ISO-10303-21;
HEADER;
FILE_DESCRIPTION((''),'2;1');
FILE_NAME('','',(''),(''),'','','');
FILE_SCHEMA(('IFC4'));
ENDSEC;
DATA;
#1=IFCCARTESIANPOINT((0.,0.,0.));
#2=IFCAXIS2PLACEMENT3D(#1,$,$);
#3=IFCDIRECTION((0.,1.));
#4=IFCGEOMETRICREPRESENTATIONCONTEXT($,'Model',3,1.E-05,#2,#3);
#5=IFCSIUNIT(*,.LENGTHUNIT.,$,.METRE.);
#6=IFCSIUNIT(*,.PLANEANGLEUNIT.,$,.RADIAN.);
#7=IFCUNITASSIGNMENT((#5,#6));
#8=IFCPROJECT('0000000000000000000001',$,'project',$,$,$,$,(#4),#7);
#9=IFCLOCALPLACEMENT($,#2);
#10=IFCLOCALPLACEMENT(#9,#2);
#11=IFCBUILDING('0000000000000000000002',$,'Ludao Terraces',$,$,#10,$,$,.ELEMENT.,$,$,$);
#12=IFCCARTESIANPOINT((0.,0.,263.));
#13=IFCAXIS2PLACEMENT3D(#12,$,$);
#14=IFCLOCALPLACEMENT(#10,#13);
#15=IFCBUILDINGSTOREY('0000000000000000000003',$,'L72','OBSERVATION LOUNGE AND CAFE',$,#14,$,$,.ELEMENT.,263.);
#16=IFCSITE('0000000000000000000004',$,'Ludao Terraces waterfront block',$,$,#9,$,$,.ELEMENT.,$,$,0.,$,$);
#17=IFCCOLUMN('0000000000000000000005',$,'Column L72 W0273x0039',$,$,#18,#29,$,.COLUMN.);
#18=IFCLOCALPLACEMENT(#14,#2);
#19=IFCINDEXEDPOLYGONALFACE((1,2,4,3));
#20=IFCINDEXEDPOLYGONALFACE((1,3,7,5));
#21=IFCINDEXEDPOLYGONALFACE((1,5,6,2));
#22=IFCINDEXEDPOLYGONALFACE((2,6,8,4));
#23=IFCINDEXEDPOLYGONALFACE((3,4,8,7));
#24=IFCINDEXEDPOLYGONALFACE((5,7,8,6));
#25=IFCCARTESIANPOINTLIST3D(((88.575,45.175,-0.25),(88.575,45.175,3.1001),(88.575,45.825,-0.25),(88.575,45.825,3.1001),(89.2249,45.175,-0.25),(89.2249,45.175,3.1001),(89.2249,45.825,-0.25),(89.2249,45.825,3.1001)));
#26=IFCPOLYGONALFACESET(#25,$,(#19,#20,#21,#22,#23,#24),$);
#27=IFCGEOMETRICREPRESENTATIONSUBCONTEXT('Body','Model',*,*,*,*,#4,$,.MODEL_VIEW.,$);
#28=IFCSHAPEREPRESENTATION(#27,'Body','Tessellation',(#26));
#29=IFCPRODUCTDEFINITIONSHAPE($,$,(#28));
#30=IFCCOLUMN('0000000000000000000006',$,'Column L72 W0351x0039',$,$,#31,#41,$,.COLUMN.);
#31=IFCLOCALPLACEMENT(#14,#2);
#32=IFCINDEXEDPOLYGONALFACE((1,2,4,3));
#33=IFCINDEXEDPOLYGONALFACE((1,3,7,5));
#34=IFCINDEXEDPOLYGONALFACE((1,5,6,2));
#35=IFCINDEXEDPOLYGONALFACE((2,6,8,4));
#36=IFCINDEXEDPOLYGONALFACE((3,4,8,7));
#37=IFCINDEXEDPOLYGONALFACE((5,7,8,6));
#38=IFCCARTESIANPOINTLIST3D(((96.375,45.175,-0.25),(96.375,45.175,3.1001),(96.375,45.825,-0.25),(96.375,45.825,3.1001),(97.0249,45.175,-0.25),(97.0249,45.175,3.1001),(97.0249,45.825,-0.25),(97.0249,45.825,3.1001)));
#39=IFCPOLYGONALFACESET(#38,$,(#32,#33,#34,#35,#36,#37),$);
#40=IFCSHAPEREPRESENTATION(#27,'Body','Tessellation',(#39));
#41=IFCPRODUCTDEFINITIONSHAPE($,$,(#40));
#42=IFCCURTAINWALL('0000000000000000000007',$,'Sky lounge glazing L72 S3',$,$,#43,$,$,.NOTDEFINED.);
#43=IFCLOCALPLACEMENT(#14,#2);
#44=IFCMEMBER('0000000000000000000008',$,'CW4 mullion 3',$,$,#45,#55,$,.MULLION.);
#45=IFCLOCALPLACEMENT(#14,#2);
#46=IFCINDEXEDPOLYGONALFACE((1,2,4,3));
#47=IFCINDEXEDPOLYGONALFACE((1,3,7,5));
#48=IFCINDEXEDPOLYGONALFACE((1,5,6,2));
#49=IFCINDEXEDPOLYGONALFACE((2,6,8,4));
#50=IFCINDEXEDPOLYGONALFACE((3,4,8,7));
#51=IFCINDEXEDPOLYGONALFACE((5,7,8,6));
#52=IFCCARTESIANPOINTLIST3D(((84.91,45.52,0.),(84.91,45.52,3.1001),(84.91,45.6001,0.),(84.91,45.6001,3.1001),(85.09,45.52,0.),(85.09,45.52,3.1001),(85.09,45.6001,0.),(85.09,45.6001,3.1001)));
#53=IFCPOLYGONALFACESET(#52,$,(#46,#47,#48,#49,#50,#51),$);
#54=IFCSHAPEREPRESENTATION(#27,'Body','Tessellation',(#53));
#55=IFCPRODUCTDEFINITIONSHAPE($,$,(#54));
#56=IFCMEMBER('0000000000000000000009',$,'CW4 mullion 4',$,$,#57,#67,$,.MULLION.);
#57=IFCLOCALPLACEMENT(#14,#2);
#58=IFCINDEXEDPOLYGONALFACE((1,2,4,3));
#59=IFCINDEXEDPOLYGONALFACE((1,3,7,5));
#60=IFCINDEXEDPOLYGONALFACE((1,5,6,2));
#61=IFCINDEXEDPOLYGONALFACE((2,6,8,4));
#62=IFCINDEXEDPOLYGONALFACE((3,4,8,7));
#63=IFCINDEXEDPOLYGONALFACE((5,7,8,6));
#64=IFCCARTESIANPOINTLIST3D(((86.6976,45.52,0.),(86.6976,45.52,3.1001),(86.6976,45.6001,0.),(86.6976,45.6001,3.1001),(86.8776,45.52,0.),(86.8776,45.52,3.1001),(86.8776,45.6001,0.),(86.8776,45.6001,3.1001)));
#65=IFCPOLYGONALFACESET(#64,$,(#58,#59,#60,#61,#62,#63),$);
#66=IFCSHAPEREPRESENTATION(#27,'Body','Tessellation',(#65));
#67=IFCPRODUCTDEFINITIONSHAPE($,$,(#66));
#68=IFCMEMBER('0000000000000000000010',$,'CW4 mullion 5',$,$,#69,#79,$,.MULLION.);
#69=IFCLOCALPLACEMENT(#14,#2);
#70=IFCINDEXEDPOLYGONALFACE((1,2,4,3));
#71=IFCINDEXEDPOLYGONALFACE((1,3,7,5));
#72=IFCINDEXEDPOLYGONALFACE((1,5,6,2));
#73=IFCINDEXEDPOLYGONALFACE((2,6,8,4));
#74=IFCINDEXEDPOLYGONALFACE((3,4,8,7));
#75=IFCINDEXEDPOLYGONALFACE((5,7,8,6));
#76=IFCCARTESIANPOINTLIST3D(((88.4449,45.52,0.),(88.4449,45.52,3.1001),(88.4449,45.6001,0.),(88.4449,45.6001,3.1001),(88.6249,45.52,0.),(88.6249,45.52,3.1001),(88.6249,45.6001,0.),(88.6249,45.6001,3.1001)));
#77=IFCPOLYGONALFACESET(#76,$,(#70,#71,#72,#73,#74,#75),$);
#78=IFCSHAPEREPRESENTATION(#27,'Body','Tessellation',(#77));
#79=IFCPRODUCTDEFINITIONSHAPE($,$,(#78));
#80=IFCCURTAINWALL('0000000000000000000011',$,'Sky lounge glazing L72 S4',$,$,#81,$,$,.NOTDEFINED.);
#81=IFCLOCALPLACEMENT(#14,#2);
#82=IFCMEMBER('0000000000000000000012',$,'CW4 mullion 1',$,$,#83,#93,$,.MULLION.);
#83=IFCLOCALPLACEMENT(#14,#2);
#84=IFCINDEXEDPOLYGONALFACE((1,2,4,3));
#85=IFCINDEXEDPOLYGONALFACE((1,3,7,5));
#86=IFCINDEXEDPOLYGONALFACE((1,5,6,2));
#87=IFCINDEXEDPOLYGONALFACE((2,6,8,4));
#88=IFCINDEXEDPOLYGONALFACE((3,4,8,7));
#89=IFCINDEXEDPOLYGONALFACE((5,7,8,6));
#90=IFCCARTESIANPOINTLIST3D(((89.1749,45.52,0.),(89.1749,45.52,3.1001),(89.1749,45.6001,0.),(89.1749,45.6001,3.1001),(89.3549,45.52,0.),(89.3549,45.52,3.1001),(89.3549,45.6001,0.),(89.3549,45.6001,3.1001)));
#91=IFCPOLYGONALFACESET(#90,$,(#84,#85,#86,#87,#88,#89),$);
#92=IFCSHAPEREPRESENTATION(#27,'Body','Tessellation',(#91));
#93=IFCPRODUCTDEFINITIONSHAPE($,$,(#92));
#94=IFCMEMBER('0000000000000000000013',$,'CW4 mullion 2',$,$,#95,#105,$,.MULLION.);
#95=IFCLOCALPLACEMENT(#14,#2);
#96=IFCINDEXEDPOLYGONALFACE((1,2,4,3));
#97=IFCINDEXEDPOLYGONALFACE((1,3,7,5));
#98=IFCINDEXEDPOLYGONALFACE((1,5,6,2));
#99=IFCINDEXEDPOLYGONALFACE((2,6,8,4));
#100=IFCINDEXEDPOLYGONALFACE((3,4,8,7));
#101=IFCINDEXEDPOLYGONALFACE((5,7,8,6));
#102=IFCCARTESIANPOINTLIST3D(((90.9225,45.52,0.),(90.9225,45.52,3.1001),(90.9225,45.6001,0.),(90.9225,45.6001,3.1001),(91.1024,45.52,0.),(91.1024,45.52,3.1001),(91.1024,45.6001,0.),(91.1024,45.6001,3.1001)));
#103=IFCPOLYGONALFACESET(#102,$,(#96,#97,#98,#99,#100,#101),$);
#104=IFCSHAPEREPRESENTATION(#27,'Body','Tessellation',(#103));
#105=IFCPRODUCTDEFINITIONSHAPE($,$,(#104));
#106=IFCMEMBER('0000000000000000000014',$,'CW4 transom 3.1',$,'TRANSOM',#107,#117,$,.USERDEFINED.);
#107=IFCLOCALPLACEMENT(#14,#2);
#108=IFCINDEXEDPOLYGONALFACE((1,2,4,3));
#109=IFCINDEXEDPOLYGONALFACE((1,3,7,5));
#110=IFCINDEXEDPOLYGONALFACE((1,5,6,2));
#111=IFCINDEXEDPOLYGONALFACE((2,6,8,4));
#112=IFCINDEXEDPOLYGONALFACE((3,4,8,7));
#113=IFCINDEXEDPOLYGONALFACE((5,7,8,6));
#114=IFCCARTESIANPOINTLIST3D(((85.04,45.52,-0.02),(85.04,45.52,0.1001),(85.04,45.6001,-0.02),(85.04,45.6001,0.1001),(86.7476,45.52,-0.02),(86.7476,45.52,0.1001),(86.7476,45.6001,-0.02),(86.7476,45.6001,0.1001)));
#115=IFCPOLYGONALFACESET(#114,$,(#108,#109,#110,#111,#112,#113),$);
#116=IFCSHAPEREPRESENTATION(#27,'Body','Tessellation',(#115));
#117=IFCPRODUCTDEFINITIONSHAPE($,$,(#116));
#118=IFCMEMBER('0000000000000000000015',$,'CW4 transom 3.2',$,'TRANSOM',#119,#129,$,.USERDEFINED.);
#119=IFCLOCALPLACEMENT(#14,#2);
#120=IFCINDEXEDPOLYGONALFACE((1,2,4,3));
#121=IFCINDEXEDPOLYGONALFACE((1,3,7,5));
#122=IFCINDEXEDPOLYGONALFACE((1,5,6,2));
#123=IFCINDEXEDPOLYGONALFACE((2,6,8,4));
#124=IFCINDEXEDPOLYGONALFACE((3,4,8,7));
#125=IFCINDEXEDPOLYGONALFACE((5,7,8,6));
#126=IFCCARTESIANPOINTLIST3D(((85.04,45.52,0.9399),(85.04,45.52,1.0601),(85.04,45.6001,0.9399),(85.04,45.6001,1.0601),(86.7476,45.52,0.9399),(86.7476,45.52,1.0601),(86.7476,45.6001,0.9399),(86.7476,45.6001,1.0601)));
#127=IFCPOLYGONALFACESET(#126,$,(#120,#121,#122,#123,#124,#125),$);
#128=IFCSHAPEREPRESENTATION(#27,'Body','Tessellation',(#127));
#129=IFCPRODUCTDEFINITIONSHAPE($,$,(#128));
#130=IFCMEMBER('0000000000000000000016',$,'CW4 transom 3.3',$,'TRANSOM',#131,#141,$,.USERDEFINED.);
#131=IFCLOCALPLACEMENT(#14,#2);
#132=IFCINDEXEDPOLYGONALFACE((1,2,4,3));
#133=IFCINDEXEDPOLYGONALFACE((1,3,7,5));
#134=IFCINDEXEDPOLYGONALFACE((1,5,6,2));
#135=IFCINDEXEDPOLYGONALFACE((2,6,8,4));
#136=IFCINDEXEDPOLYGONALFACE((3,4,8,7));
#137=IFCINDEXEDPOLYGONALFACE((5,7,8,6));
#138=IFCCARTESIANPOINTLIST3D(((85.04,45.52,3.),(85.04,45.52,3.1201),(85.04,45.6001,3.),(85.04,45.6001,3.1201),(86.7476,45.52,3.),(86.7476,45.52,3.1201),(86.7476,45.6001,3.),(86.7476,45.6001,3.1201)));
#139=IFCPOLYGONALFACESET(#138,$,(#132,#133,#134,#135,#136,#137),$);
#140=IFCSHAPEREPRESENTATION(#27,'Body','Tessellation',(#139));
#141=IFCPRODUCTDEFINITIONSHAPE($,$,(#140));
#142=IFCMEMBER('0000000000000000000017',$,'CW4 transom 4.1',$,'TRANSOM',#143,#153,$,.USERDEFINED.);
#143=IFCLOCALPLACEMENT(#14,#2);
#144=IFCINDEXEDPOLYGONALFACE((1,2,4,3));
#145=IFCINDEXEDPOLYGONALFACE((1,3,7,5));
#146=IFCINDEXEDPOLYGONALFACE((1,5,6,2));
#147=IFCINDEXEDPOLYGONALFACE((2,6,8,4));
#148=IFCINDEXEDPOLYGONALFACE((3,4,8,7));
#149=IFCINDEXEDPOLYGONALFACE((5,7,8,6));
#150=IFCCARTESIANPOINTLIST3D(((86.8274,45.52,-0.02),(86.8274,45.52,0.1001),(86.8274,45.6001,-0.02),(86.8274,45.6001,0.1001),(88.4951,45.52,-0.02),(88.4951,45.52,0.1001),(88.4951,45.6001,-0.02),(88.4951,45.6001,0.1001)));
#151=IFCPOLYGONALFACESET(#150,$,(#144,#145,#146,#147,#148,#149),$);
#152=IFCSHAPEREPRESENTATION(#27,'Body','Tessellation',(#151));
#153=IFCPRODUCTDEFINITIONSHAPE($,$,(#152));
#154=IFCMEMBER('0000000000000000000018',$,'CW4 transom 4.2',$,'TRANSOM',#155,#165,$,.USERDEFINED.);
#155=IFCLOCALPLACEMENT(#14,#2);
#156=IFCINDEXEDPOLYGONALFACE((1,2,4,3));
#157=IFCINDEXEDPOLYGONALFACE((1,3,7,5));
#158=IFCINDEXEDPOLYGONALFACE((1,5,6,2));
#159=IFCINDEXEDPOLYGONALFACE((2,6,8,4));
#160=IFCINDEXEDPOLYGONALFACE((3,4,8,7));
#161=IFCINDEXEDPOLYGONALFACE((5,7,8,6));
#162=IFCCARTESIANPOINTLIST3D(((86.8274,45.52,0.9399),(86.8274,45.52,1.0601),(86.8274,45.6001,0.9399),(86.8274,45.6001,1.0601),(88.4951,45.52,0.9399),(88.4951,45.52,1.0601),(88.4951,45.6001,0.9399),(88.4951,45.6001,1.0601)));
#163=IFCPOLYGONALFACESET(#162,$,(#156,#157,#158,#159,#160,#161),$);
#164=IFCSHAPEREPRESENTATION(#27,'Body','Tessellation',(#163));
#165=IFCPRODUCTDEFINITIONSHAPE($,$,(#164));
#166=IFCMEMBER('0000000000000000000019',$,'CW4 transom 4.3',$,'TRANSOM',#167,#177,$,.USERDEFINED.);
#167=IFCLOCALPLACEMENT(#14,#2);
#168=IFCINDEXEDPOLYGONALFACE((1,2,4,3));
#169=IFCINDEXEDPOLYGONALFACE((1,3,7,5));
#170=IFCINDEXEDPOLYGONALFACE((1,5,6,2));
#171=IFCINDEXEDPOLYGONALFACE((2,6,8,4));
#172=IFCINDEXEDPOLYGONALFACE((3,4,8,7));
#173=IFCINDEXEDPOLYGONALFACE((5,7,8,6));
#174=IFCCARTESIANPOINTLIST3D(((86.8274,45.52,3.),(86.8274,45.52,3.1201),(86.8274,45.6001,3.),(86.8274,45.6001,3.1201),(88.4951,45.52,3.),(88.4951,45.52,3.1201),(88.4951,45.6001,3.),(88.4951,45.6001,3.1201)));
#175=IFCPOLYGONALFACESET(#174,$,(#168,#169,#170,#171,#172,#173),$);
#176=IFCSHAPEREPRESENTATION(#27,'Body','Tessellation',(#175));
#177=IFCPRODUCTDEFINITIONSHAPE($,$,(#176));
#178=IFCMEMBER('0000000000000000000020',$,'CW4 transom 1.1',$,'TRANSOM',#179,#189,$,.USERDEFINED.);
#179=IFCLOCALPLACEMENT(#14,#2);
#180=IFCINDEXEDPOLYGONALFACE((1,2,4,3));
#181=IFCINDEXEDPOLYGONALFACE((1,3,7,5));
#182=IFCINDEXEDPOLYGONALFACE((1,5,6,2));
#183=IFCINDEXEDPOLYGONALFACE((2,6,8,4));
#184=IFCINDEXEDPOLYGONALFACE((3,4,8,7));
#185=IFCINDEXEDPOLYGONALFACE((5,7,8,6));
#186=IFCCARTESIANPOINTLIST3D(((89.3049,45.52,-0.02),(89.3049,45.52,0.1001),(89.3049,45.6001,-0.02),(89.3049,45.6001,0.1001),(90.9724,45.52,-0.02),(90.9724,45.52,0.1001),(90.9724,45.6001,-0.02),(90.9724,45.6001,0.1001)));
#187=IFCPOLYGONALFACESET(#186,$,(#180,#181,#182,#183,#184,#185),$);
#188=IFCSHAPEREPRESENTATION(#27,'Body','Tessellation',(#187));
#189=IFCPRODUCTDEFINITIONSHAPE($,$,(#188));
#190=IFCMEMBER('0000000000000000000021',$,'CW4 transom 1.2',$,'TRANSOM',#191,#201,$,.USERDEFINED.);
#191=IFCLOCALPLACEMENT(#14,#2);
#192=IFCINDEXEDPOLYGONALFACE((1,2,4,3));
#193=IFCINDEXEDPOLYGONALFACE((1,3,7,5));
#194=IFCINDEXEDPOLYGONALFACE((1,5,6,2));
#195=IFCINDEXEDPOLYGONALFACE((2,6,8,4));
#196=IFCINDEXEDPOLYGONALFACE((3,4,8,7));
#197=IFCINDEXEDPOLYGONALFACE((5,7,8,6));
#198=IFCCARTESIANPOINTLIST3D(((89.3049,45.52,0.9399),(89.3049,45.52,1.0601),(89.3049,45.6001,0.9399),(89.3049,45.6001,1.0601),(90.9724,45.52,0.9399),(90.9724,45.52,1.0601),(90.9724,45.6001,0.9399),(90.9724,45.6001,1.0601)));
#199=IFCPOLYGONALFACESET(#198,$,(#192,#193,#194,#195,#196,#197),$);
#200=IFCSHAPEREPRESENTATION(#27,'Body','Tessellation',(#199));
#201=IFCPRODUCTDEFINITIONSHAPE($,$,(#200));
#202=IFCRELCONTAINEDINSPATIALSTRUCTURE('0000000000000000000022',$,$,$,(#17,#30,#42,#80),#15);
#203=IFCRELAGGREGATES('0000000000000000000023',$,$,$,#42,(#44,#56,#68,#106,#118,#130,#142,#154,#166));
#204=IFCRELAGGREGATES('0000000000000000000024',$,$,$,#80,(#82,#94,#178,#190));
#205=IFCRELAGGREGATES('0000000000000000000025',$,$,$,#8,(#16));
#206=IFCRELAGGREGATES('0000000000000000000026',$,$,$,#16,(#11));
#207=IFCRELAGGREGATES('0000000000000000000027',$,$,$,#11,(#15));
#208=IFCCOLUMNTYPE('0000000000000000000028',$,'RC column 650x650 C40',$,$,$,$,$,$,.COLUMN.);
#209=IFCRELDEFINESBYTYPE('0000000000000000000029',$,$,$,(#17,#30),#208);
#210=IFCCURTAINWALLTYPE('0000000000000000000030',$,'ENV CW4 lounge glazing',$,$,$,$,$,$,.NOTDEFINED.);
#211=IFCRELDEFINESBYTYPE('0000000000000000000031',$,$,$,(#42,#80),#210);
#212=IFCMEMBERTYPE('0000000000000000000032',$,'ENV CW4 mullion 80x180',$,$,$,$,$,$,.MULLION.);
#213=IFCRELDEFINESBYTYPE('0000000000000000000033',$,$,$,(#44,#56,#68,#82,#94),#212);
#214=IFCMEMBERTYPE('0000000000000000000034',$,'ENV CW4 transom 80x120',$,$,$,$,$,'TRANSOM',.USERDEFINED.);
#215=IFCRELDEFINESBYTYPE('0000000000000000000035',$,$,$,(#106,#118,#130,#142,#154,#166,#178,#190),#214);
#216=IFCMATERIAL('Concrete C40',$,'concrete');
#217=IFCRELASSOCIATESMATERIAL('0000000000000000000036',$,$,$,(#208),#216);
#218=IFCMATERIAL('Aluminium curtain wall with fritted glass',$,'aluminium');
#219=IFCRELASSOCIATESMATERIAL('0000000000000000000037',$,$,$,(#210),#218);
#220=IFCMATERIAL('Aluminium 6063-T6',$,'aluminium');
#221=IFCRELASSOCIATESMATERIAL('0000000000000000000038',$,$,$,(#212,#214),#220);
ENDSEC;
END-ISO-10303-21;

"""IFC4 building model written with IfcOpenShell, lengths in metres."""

from ifc_helpers import new_model, si_unit, direction, frame, origin, origin_2d, place, context, subcontext, project, spatial, rectangle, extrude, material, material_profile, profile_set, type_object, element, aggregate, save


model = new_model("IFC4")

# Units and contexts
model_context = context("Model", 3, precision=1e-05, world=origin(), true_north=direction((0.0, 1.0)))
body_context = subcontext(model_context, "Body", "Model", "MODEL_VIEW")
ifc_project = project(units=[si_unit("LENGTHUNIT", "METRE"), si_unit("PLANEANGLEUNIT", "RADIAN")], contexts=[model_context])

# Site, building, storey
site_placement = place(None, origin())
site = spatial("IfcSite", under=ifc_project, at=site_placement, Name="Ludao Terraces waterfront block", CompositionType="ELEMENT", RefElevation=0.0)
building_placement = place(site_placement, origin())
building = spatial("IfcBuilding", under=site, at=building_placement, Name="Ludao Terraces", CompositionType="ELEMENT")
storey_placement = place(building_placement, frame((0.0, 0.0, 263.0)))
storey = spatial("IfcBuildingStorey", under=building, at=storey_placement, Name="L72", Description="OBSERVATION LOUNGE AND CAFE", CompositionType="ELEMENT", Elevation=263.0)

# Columns
ifc_material_1 = material(Name="Concrete C40", Category="concrete")
ifc_material_profile_1 = material_profile(ifc_material_1, rectangle(XDim=0.6499, YDim=0.6499, at=origin_2d()), Name="650 X 650")
ifc_profile_set_1 = profile_set([ifc_material_profile_1], Name="Concrete C40")
column_type = type_object("IfcColumnType", Name="RC column 650x650 C40", PredefinedType="COLUMN", material=ifc_profile_set_1)
for number, where, z_axis, x_axis, name in (
    (1, (88.8999, 45.5, -0.25), (0.0, 0.0, 1.0), (1.0, 0.0, 0.0), "Column L72 W0273x0039"),
    (2, (96.7, 45.5, -0.25), (0.0, 0.0, 1.0), (1.0, 0.0, 0.0), "Column L72 W0351x0039"),
):
    element("IfcColumn", number, at=place(storey_placement, frame(where, z_axis=z_axis, x_axis=x_axis)), inside=storey, type_object=column_type, Name=name, PredefinedType="COLUMN", context=body_context, shape_type="SweptSolid", body=[
        extrude(rectangle(XDim=0.6499, YDim=0.6499, at=origin_2d()), origin(), (0.0, 0.0, 1.0), 3.3501),
    ])

# Curtain walls, members
ifc_material_2 = material(Name="Aluminium curtain wall with fritted glass", Category="aluminium")
curtain_wall_type = type_object("IfcCurtainWallType", Name="ENV CW4 lounge glazing", PredefinedType="NOTDEFINED", material=ifc_material_2)
curtain_wall_1_placement = place(storey_placement, origin())
curtain_wall_1 = element("IfcCurtainWall", 3, at=curtain_wall_1_placement, inside=storey, type_object=curtain_wall_type, Name="Sky lounge glazing L72 S3", PredefinedType="NOTDEFINED")
ifc_material_3 = material(Name="Aluminium 6063-T6", Category="aluminium")
ifc_material_profile_2 = material_profile(ifc_material_3, rectangle(XDim=0.0801, YDim=0.1799, at=origin_2d()), Name="80 X 180")
ifc_profile_set_2 = profile_set([ifc_material_profile_2], Name="Aluminium 6063-T6")
member_type_1 = type_object("IfcMemberType", Name="ENV CW4 mullion 80x180", PredefinedType="MULLION", material=ifc_profile_set_2)
member_1_placement = place(storey_placement, frame((85.0, 45.5601, 0.0), z_axis=(0.0, 0.0, 1.0), x_axis=(0.0, 1.0, 0.0)))
member_1 = element("IfcMember", 4, at=member_1_placement, type_object=member_type_1, Name="CW4 mullion 3", PredefinedType="MULLION", context=body_context, shape_type="SweptSolid", body=[
    extrude(rectangle(XDim=0.0801, YDim=0.1799, at=origin_2d()), origin(), (0.0, 0.0, 1.0), 3.1001),
])
member_2_placement = place(storey_placement, frame((86.7876, 45.5601, 0.0), z_axis=(0.0, 0.0, 1.0), x_axis=(0.0, 1.0, 0.0)))
member_2 = element("IfcMember", 5, at=member_2_placement, type_object=member_type_1, Name="CW4 mullion 4", PredefinedType="MULLION", context=body_context, shape_type="SweptSolid", body=[
    extrude(rectangle(XDim=0.0801, YDim=0.1799, at=origin_2d()), origin(), (0.0, 0.0, 1.0), 3.1001),
])
member_3_placement = place(storey_placement, frame((88.5349, 45.5601, 0.0), z_axis=(0.0, 0.0, 1.0), x_axis=(0.0, 1.0, 0.0)))
member_3 = element("IfcMember", 6, at=member_3_placement, type_object=member_type_1, Name="CW4 mullion 5", PredefinedType="MULLION", context=body_context, shape_type="SweptSolid", body=[
    extrude(rectangle(XDim=0.0801, YDim=0.1799, at=origin_2d()), origin(), (0.0, 0.0, 1.0), 3.1001),
])
curtain_wall_2_placement = place(storey_placement, origin())
curtain_wall_2 = element("IfcCurtainWall", 7, at=curtain_wall_2_placement, inside=storey, type_object=curtain_wall_type, Name="Sky lounge glazing L72 S4", PredefinedType="NOTDEFINED")
member_4_placement = place(storey_placement, frame((89.2649, 45.5601, 0.0), z_axis=(0.0, 0.0, 1.0), x_axis=(0.0, 1.0, 0.0)))
member_4 = element("IfcMember", 8, at=member_4_placement, type_object=member_type_1, Name="CW4 mullion 1", PredefinedType="MULLION", context=body_context, shape_type="SweptSolid", body=[
    extrude(rectangle(XDim=0.0801, YDim=0.1799, at=origin_2d()), origin(), (0.0, 0.0, 1.0), 3.1001),
])
member_5_placement = place(storey_placement, frame((91.0125, 45.5601, 0.0), z_axis=(0.0, 0.0, 1.0), x_axis=(0.0, 1.0, 0.0)))
member_5 = element("IfcMember", 9, at=member_5_placement, type_object=member_type_1, Name="CW4 mullion 2", PredefinedType="MULLION", context=body_context, shape_type="SweptSolid", body=[
    extrude(rectangle(XDim=0.0801, YDim=0.1799, at=origin_2d()), origin(), (0.0, 0.0, 1.0), 3.1001),
])

# Members
ifc_material_profile_3 = material_profile(ifc_material_3, rectangle(XDim=0.0801, YDim=0.1201, at=origin_2d()), Name="80 X 120")
ifc_profile_set_3 = profile_set([ifc_material_profile_3], Name="Aluminium 6063-T6")
member_type_2 = type_object("IfcMemberType", Name="ENV CW4 transom 80x120", ElementType="TRANSOM", PredefinedType="USERDEFINED", material=ifc_profile_set_3)
member_6_placement = place(storey_placement, frame((85.04, 45.5601, 0.04), z_axis=(1.0, 0.0, 0.0), x_axis=(0.0, 1.0, 0.0)))
member_6 = element("IfcMember", 10, at=member_6_placement, type_object=member_type_2, Name="CW4 transom 3.1", ObjectType="TRANSOM", PredefinedType="USERDEFINED", context=body_context, shape_type="SweptSolid", body=[
    extrude(rectangle(XDim=0.0801, YDim=0.1201, at=origin_2d()), origin(), (0.0, 0.0, 1.0), 1.7075),
])
member_7_placement = place(storey_placement, frame((85.04, 45.5601, 1.0), z_axis=(1.0, 0.0, 0.0), x_axis=(0.0, 1.0, 0.0)))
member_7 = element("IfcMember", 11, at=member_7_placement, type_object=member_type_2, Name="CW4 transom 3.2", ObjectType="TRANSOM", PredefinedType="USERDEFINED", context=body_context, shape_type="SweptSolid", body=[
    extrude(rectangle(XDim=0.0801, YDim=0.1201, at=origin_2d()), origin(), (0.0, 0.0, 1.0), 1.7075),
])
member_8_placement = place(storey_placement, frame((85.04, 45.5601, 3.0601), z_axis=(1.0, 0.0, 0.0), x_axis=(0.0, 1.0, 0.0)))
member_8 = element("IfcMember", 12, at=member_8_placement, type_object=member_type_2, Name="CW4 transom 3.3", ObjectType="TRANSOM", PredefinedType="USERDEFINED", context=body_context, shape_type="SweptSolid", body=[
    extrude(rectangle(XDim=0.0801, YDim=0.1201, at=origin_2d()), origin(), (0.0, 0.0, 1.0), 1.7075),
])
member_9_placement = place(storey_placement, frame((86.8274, 45.5601, 0.04), z_axis=(1.0, 0.0, 0.0), x_axis=(0.0, 1.0, 0.0)))
member_9 = element("IfcMember", 13, at=member_9_placement, type_object=member_type_2, Name="CW4 transom 4.1", ObjectType="TRANSOM", PredefinedType="USERDEFINED", context=body_context, shape_type="SweptSolid", body=[
    extrude(rectangle(XDim=0.0801, YDim=0.1201, at=origin_2d()), origin(), (0.0, 0.0, 1.0), 1.6677),
])
member_10_placement = place(storey_placement, frame((86.8274, 45.5601, 1.0), z_axis=(1.0, 0.0, 0.0), x_axis=(0.0, 1.0, 0.0)))
member_10 = element("IfcMember", 14, at=member_10_placement, type_object=member_type_2, Name="CW4 transom 4.2", ObjectType="TRANSOM", PredefinedType="USERDEFINED", context=body_context, shape_type="SweptSolid", body=[
    extrude(rectangle(XDim=0.0801, YDim=0.1201, at=origin_2d()), origin(), (0.0, 0.0, 1.0), 1.6677),
])
member_11_placement = place(storey_placement, frame((86.8274, 45.5601, 3.0601), z_axis=(1.0, 0.0, 0.0), x_axis=(0.0, 1.0, 0.0)))
member_11 = element("IfcMember", 15, at=member_11_placement, type_object=member_type_2, Name="CW4 transom 4.3", ObjectType="TRANSOM", PredefinedType="USERDEFINED", context=body_context, shape_type="SweptSolid", body=[
    extrude(rectangle(XDim=0.0801, YDim=0.1201, at=origin_2d()), origin(), (0.0, 0.0, 1.0), 1.6677),
])
member_12_placement = place(storey_placement, frame((89.3049, 45.5601, 0.04), z_axis=(1.0, 0.0, 0.0), x_axis=(0.0, 1.0, 0.0)))
member_12 = element("IfcMember", 16, at=member_12_placement, type_object=member_type_2, Name="CW4 transom 1.1", ObjectType="TRANSOM", PredefinedType="USERDEFINED", context=body_context, shape_type="SweptSolid", body=[
    extrude(rectangle(XDim=0.0801, YDim=0.1201, at=origin_2d()), origin(), (0.0, 0.0, 1.0), 1.6675),
])
member_13_placement = place(storey_placement, frame((89.3049, 45.5601, 1.0), z_axis=(1.0, 0.0, 0.0), x_axis=(0.0, 1.0, 0.0)))
member_13 = element("IfcMember", 17, at=member_13_placement, type_object=member_type_2, Name="CW4 transom 1.2", ObjectType="TRANSOM", PredefinedType="USERDEFINED", context=body_context, shape_type="SweptSolid", body=[
    extrude(rectangle(XDim=0.0801, YDim=0.1201, at=origin_2d()), origin(), (0.0, 0.0, 1.0), 1.6675),
])

aggregate(curtain_wall_1, [member_1, member_2, member_3, member_6, member_7, member_8, member_9, member_10, member_11])
aggregate(curtain_wall_2, [member_4, member_5, member_12, member_13])

save(model, "model.ifc")
